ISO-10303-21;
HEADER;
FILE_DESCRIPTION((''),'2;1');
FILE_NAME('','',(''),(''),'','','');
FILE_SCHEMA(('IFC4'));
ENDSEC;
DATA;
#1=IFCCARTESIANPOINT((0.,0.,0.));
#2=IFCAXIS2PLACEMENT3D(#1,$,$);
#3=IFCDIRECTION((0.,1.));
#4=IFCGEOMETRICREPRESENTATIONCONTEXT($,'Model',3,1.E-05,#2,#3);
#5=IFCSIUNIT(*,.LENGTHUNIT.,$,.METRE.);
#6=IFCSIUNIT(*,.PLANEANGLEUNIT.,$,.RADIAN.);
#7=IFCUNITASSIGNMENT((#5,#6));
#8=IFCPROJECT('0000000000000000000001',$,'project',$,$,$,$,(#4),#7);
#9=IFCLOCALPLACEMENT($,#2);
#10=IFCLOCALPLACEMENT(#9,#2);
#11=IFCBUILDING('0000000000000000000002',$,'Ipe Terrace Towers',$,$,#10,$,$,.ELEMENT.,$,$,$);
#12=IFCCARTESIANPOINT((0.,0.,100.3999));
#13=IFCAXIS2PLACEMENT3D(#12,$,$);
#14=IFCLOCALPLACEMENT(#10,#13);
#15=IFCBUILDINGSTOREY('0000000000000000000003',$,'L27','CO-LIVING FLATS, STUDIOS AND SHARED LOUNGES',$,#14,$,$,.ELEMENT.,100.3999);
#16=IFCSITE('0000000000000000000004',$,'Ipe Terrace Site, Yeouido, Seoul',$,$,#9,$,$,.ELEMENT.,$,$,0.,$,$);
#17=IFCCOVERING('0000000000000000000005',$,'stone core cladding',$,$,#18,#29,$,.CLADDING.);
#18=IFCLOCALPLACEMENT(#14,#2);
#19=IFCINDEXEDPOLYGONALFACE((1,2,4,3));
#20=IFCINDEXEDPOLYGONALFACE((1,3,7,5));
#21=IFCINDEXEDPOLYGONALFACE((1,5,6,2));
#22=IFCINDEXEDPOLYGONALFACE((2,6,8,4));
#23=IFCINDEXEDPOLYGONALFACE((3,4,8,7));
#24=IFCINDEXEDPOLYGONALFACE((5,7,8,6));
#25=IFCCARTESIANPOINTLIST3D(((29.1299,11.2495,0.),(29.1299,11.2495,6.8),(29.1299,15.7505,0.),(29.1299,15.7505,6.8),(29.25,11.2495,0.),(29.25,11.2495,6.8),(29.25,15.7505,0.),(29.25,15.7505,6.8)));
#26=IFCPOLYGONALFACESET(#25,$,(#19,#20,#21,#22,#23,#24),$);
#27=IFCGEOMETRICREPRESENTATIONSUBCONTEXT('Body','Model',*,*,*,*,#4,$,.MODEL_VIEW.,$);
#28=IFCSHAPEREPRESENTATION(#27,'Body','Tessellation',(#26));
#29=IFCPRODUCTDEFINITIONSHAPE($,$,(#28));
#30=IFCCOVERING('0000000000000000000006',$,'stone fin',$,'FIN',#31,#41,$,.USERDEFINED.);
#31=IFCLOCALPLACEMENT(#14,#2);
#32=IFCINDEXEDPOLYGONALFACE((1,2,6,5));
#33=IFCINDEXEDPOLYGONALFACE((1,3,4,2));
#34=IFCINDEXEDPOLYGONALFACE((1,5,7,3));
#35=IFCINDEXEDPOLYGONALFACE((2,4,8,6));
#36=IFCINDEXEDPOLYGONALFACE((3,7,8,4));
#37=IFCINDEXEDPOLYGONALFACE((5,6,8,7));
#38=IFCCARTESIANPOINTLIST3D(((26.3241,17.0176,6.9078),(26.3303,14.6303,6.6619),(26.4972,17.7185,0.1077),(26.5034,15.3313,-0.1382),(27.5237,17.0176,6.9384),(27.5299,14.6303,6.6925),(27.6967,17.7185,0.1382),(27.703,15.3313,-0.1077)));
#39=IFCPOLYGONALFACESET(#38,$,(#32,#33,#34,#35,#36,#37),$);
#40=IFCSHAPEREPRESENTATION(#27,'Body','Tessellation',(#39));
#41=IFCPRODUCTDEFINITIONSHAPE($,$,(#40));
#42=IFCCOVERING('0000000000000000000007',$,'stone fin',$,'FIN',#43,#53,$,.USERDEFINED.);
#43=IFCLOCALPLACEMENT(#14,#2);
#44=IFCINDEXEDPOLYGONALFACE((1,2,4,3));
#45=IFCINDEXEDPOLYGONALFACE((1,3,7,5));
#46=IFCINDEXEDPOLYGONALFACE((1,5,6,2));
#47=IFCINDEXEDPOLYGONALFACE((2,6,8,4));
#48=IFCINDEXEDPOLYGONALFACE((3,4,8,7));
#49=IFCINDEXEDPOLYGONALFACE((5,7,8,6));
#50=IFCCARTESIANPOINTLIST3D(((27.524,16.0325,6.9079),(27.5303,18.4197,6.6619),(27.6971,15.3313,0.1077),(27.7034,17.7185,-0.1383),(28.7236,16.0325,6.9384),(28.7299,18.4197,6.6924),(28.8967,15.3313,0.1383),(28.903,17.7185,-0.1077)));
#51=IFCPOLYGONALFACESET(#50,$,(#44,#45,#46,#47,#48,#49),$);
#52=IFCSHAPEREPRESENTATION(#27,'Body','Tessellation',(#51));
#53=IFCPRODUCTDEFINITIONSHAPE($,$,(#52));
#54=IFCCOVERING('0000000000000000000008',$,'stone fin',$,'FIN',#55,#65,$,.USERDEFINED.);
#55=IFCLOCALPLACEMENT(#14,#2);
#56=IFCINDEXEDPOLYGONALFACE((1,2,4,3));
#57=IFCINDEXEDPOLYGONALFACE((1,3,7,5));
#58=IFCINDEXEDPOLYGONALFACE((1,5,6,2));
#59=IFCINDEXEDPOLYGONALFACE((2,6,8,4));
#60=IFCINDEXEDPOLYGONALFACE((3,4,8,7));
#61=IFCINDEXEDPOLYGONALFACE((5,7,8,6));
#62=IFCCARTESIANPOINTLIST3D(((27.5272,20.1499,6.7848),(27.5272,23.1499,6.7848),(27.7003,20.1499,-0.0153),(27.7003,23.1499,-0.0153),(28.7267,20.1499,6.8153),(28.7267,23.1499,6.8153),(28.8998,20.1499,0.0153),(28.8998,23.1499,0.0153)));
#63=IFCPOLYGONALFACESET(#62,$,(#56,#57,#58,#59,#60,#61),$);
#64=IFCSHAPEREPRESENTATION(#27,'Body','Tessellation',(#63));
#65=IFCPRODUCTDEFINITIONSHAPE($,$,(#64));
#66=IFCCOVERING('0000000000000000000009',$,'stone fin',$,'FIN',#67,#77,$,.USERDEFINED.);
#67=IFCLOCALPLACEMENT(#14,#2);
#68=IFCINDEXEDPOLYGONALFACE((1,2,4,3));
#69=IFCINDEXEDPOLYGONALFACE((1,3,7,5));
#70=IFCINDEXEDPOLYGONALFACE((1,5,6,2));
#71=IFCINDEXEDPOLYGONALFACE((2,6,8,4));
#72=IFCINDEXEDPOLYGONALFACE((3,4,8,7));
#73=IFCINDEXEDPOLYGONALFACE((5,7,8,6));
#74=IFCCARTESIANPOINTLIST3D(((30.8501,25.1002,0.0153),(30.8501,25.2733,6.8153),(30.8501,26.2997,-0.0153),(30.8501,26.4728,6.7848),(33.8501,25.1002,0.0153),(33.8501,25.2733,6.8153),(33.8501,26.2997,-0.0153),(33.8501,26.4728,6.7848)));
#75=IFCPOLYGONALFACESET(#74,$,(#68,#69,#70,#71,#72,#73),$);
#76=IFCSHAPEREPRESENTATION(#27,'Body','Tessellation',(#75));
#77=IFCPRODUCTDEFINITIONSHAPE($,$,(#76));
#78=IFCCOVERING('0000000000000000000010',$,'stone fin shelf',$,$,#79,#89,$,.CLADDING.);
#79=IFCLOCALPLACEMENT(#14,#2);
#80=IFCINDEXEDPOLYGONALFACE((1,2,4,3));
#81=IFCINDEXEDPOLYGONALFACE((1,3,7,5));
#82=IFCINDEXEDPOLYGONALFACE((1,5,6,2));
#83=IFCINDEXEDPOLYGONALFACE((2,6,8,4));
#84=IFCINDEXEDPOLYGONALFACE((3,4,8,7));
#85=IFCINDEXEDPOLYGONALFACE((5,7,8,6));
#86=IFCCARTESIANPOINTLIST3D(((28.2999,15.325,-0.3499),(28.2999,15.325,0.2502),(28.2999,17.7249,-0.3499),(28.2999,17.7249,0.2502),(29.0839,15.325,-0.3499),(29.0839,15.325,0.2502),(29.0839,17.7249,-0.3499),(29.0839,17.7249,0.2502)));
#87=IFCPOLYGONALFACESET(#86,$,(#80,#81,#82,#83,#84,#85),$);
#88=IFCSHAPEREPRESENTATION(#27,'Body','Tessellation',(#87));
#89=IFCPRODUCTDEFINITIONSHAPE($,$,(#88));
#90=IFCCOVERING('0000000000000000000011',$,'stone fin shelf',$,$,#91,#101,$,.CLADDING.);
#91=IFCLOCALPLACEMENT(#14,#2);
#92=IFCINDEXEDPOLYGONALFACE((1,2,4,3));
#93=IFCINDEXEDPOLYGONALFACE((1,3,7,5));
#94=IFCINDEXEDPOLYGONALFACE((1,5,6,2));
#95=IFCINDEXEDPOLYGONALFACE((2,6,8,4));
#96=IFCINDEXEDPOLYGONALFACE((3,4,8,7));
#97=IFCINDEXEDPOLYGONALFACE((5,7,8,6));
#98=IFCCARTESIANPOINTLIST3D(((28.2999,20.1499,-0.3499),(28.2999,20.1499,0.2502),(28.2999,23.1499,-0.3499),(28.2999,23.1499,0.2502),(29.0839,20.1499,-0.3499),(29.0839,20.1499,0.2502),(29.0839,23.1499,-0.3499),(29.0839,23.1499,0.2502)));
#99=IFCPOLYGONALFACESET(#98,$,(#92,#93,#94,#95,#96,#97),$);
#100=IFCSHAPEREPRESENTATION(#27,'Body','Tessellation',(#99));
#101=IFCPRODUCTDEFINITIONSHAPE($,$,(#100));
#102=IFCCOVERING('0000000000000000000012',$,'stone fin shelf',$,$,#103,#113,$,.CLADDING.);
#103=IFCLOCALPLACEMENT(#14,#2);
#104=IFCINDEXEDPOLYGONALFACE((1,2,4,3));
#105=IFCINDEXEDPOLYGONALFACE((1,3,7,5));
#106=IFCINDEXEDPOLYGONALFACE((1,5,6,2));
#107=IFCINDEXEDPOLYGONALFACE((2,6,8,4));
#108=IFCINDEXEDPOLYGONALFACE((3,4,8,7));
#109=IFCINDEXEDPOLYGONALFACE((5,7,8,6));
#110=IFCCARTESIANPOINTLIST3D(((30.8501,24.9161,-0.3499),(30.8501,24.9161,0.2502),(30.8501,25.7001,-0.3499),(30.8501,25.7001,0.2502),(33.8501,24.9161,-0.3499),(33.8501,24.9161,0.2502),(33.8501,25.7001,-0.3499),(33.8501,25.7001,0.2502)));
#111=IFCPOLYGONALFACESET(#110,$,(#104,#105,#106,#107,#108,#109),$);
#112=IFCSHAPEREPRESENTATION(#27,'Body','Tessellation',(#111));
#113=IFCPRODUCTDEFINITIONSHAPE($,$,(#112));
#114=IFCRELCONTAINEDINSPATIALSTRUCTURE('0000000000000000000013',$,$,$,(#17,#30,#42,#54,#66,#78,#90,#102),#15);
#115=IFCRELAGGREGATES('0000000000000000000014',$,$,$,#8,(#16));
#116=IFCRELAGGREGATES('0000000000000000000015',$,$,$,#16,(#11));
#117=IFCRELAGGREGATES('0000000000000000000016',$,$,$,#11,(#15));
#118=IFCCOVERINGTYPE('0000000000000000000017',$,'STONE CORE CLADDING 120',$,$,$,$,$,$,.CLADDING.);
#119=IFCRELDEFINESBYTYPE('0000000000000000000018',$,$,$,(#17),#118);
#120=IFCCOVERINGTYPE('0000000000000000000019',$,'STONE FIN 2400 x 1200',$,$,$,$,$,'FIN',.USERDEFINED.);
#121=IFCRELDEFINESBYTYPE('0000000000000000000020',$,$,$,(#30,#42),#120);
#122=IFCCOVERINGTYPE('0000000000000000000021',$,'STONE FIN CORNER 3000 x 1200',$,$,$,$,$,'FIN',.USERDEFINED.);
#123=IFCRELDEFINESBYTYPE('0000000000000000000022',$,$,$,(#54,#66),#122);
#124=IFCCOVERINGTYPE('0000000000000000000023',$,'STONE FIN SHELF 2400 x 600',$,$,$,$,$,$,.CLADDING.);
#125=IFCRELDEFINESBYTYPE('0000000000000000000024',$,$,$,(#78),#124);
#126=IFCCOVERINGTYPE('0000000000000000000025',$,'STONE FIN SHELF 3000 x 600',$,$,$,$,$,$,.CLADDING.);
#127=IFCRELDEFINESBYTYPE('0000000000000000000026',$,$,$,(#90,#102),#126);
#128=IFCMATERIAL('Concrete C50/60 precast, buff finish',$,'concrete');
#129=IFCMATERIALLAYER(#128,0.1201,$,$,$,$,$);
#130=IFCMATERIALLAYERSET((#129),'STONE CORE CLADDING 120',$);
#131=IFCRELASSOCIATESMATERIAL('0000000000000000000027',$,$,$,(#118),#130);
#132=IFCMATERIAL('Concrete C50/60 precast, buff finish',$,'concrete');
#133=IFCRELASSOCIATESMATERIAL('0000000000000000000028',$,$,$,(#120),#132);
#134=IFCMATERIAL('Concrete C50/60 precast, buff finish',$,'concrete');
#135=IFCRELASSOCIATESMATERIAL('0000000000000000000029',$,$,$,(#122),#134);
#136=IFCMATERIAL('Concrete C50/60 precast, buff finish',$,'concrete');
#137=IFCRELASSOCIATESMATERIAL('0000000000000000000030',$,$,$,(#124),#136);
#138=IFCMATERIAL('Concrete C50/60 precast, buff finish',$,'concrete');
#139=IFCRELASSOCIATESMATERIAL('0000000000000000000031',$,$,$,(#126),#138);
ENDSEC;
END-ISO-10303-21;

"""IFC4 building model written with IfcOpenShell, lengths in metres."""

from ifc_helpers import new_model, si_unit, direction, frame, origin, origin_2d, place, context, subcontext, project, spatial, rectangle, extrude, material, layer, layer_set, material_profile, profile_set, type_object, element, save


model = new_model("IFC4")

# Units and contexts
model_context = context("Model", 3, precision=1e-05, world=origin(), true_north=direction((0.0, 1.0)))
body_context = subcontext(model_context, "Body", "Model", "MODEL_VIEW")
ifc_project = project(units=[si_unit("LENGTHUNIT", "METRE"), si_unit("PLANEANGLEUNIT", "RADIAN")], contexts=[model_context])

# Site, building, storey
site_placement = place(None, origin())
site = spatial("IfcSite", under=ifc_project, at=site_placement, Name="Ipe Terrace Site, Yeouido, Seoul", CompositionType="ELEMENT", RefElevation=0.0)
building_placement = place(site_placement, origin())
building = spatial("IfcBuilding", under=site, at=building_placement, Name="Ipe Terrace Towers", CompositionType="ELEMENT")
storey_placement = place(building_placement, frame((0.0, 0.0, 100.3999)))
storey = spatial("IfcBuildingStorey", under=building, at=storey_placement, Name="L27", Description="CO-LIVING FLATS, STUDIOS AND SHARED LOUNGES", CompositionType="ELEMENT", Elevation=100.3999)

# Coverings
ifc_material_1 = material(Name="Concrete C50/60 precast, buff finish", Category="concrete")
ifc_layer_1 = layer(ifc_material_1, 0.1201)
ifc_layer_set_1 = layer_set([ifc_layer_1], Name="STONE CORE CLADDING 120")
covering_type_1 = type_object("IfcCoveringType", Name="STONE CORE CLADDING 120", PredefinedType="CLADDING", material=ifc_layer_set_1)
covering_1_placement = place(storey_placement, frame((29.1899, 13.5, 0.0), z_axis=(0.0, 0.0, 1.0), x_axis=(0.0, -1.0, 0.0)))
element("IfcCovering", 1, at=covering_1_placement, inside=storey, type_object=covering_type_1, Name="stone core cladding", PredefinedType="CLADDING", context=body_context, shape_type="SweptSolid", body=[
    extrude(rectangle(XDim=4.501, YDim=0.1201, at=origin_2d()), origin(), (0.0, 0.0, 1.0), 6.8),
])
ifc_material_2 = material(Name="Concrete C50/60 precast, buff finish", Category="concrete")
ifc_material_profile_1 = material_profile(ifc_material_2, rectangle(XDim=2.3999, YDim=1.2, at=origin_2d()), Name="STONE FIN 2400 x 1200")
ifc_profile_set_1 = profile_set([ifc_material_profile_1], Name="Concrete C50/60 precast, buff finish")
covering_type_2 = type_object("IfcCoveringType", Name="STONE FIN 2400 x 1200", ElementType="FIN", PredefinedType="USERDEFINED", material=ifc_profile_set_1)
for number, where, z_axis, x_axis, name in (
    (2, (27.1001, 16.5249, 0.0), (-0.025313, -0.102501, 0.994411), (0.002608, -0.994733, -0.102468), "stone fin"),
    (3, (28.3, 16.5249, 0.0), (-0.025313, 0.102536, 0.994407), (-0.002609, -0.994729, 0.102503), "stone fin"),
):
    element("IfcCovering", number, at=place(storey_placement, frame(where, z_axis=z_axis, x_axis=x_axis)), inside=storey, type_object=covering_type_2, Name=name, ObjectType="FIN", PredefinedType="USERDEFINED", context=body_context, shape_type="SweptSolid", body=[
        extrude(rectangle(XDim=2.3999, YDim=1.2, at=origin_2d()), origin(), (0.0, 0.0, 1.0), 6.8384),
    ])
ifc_material_3 = material(Name="Concrete C50/60 precast, buff finish", Category="concrete")
ifc_material_profile_2 = material_profile(ifc_material_3, rectangle(XDim=3.0, YDim=1.2, at=origin_2d()), Name="STONE FIN CORNER 3000 x 1200")
ifc_profile_set_2 = profile_set([ifc_material_profile_2], Name="Concrete C50/60 precast, buff finish")
covering_type_3 = type_object("IfcCoveringType", Name="STONE FIN CORNER 3000 x 1200", ElementType="FIN", PredefinedType="USERDEFINED", material=ifc_profile_set_2)
for number, where, z_axis, x_axis, name in (
    (4, (28.3, 21.6499, 0.0), (-0.025447, 0.0, 0.999676), (0.0, -1.0, 0.0), "stone fin"),
    (5, (32.3501, 25.7, 0.0), (0.0, 0.025447, 0.999676), (-1.0, 0.0, 0.0), "stone fin"),
):
    element("IfcCovering", number, at=place(storey_placement, frame(where, z_axis=z_axis, x_axis=x_axis)), inside=storey, type_object=covering_type_3, Name=name, ObjectType="FIN", PredefinedType="USERDEFINED", context=body_context, shape_type="SweptSolid", body=[
        extrude(rectangle(XDim=3.0, YDim=1.2, at=origin_2d()), origin(), (0.0, 0.0, 1.0), 6.8022),
    ])
ifc_material_4 = material(Name="Concrete C50/60 precast, buff finish", Category="concrete")
covering_type_4 = type_object("IfcCoveringType", Name="STONE FIN SHELF 2400 x 600", PredefinedType="CLADDING", material=ifc_material_4)
covering_2_placement = place(storey_placement, frame((28.6919, 16.5249, -0.3499), z_axis=(0.0, 0.0, 1.0), x_axis=(0.0, -1.0, 0.0)))
element("IfcCovering", 6, at=covering_2_placement, inside=storey, type_object=covering_type_4, Name="stone fin shelf", PredefinedType="CLADDING", context=body_context, shape_type="SweptSolid", body=[
    extrude(rectangle(XDim=2.3999, YDim=0.7839, at=origin_2d()), origin(), (0.0, 0.0, 1.0), 0.6001),
])
ifc_material_5 = material(Name="Concrete C50/60 precast, buff finish", Category="concrete")
covering_type_5 = type_object("IfcCoveringType", Name="STONE FIN SHELF 3000 x 600", PredefinedType="CLADDING", material=ifc_material_5)
for number, where, z_axis, x_axis, name in (
    (7, (28.6919, 21.6499, -0.3499), (0.0, 0.0, 1.0), (0.0, -1.0, 0.0), "stone fin shelf"),
    (8, (32.3501, 25.3081, -0.3499), (0.0, 0.0, 1.0), (-1.0, 0.0, 0.0), "stone fin shelf"),
):
    element("IfcCovering", number, at=place(storey_placement, frame(where, z_axis=z_axis, x_axis=x_axis)), inside=storey, type_object=covering_type_5, Name=name, PredefinedType="CLADDING", context=body_context, shape_type="SweptSolid", body=[
        extrude(rectangle(XDim=3.0, YDim=0.7839, at=origin_2d()), origin(), (0.0, 0.0, 1.0), 0.6001),
    ])

save(model, "model.ifc")
